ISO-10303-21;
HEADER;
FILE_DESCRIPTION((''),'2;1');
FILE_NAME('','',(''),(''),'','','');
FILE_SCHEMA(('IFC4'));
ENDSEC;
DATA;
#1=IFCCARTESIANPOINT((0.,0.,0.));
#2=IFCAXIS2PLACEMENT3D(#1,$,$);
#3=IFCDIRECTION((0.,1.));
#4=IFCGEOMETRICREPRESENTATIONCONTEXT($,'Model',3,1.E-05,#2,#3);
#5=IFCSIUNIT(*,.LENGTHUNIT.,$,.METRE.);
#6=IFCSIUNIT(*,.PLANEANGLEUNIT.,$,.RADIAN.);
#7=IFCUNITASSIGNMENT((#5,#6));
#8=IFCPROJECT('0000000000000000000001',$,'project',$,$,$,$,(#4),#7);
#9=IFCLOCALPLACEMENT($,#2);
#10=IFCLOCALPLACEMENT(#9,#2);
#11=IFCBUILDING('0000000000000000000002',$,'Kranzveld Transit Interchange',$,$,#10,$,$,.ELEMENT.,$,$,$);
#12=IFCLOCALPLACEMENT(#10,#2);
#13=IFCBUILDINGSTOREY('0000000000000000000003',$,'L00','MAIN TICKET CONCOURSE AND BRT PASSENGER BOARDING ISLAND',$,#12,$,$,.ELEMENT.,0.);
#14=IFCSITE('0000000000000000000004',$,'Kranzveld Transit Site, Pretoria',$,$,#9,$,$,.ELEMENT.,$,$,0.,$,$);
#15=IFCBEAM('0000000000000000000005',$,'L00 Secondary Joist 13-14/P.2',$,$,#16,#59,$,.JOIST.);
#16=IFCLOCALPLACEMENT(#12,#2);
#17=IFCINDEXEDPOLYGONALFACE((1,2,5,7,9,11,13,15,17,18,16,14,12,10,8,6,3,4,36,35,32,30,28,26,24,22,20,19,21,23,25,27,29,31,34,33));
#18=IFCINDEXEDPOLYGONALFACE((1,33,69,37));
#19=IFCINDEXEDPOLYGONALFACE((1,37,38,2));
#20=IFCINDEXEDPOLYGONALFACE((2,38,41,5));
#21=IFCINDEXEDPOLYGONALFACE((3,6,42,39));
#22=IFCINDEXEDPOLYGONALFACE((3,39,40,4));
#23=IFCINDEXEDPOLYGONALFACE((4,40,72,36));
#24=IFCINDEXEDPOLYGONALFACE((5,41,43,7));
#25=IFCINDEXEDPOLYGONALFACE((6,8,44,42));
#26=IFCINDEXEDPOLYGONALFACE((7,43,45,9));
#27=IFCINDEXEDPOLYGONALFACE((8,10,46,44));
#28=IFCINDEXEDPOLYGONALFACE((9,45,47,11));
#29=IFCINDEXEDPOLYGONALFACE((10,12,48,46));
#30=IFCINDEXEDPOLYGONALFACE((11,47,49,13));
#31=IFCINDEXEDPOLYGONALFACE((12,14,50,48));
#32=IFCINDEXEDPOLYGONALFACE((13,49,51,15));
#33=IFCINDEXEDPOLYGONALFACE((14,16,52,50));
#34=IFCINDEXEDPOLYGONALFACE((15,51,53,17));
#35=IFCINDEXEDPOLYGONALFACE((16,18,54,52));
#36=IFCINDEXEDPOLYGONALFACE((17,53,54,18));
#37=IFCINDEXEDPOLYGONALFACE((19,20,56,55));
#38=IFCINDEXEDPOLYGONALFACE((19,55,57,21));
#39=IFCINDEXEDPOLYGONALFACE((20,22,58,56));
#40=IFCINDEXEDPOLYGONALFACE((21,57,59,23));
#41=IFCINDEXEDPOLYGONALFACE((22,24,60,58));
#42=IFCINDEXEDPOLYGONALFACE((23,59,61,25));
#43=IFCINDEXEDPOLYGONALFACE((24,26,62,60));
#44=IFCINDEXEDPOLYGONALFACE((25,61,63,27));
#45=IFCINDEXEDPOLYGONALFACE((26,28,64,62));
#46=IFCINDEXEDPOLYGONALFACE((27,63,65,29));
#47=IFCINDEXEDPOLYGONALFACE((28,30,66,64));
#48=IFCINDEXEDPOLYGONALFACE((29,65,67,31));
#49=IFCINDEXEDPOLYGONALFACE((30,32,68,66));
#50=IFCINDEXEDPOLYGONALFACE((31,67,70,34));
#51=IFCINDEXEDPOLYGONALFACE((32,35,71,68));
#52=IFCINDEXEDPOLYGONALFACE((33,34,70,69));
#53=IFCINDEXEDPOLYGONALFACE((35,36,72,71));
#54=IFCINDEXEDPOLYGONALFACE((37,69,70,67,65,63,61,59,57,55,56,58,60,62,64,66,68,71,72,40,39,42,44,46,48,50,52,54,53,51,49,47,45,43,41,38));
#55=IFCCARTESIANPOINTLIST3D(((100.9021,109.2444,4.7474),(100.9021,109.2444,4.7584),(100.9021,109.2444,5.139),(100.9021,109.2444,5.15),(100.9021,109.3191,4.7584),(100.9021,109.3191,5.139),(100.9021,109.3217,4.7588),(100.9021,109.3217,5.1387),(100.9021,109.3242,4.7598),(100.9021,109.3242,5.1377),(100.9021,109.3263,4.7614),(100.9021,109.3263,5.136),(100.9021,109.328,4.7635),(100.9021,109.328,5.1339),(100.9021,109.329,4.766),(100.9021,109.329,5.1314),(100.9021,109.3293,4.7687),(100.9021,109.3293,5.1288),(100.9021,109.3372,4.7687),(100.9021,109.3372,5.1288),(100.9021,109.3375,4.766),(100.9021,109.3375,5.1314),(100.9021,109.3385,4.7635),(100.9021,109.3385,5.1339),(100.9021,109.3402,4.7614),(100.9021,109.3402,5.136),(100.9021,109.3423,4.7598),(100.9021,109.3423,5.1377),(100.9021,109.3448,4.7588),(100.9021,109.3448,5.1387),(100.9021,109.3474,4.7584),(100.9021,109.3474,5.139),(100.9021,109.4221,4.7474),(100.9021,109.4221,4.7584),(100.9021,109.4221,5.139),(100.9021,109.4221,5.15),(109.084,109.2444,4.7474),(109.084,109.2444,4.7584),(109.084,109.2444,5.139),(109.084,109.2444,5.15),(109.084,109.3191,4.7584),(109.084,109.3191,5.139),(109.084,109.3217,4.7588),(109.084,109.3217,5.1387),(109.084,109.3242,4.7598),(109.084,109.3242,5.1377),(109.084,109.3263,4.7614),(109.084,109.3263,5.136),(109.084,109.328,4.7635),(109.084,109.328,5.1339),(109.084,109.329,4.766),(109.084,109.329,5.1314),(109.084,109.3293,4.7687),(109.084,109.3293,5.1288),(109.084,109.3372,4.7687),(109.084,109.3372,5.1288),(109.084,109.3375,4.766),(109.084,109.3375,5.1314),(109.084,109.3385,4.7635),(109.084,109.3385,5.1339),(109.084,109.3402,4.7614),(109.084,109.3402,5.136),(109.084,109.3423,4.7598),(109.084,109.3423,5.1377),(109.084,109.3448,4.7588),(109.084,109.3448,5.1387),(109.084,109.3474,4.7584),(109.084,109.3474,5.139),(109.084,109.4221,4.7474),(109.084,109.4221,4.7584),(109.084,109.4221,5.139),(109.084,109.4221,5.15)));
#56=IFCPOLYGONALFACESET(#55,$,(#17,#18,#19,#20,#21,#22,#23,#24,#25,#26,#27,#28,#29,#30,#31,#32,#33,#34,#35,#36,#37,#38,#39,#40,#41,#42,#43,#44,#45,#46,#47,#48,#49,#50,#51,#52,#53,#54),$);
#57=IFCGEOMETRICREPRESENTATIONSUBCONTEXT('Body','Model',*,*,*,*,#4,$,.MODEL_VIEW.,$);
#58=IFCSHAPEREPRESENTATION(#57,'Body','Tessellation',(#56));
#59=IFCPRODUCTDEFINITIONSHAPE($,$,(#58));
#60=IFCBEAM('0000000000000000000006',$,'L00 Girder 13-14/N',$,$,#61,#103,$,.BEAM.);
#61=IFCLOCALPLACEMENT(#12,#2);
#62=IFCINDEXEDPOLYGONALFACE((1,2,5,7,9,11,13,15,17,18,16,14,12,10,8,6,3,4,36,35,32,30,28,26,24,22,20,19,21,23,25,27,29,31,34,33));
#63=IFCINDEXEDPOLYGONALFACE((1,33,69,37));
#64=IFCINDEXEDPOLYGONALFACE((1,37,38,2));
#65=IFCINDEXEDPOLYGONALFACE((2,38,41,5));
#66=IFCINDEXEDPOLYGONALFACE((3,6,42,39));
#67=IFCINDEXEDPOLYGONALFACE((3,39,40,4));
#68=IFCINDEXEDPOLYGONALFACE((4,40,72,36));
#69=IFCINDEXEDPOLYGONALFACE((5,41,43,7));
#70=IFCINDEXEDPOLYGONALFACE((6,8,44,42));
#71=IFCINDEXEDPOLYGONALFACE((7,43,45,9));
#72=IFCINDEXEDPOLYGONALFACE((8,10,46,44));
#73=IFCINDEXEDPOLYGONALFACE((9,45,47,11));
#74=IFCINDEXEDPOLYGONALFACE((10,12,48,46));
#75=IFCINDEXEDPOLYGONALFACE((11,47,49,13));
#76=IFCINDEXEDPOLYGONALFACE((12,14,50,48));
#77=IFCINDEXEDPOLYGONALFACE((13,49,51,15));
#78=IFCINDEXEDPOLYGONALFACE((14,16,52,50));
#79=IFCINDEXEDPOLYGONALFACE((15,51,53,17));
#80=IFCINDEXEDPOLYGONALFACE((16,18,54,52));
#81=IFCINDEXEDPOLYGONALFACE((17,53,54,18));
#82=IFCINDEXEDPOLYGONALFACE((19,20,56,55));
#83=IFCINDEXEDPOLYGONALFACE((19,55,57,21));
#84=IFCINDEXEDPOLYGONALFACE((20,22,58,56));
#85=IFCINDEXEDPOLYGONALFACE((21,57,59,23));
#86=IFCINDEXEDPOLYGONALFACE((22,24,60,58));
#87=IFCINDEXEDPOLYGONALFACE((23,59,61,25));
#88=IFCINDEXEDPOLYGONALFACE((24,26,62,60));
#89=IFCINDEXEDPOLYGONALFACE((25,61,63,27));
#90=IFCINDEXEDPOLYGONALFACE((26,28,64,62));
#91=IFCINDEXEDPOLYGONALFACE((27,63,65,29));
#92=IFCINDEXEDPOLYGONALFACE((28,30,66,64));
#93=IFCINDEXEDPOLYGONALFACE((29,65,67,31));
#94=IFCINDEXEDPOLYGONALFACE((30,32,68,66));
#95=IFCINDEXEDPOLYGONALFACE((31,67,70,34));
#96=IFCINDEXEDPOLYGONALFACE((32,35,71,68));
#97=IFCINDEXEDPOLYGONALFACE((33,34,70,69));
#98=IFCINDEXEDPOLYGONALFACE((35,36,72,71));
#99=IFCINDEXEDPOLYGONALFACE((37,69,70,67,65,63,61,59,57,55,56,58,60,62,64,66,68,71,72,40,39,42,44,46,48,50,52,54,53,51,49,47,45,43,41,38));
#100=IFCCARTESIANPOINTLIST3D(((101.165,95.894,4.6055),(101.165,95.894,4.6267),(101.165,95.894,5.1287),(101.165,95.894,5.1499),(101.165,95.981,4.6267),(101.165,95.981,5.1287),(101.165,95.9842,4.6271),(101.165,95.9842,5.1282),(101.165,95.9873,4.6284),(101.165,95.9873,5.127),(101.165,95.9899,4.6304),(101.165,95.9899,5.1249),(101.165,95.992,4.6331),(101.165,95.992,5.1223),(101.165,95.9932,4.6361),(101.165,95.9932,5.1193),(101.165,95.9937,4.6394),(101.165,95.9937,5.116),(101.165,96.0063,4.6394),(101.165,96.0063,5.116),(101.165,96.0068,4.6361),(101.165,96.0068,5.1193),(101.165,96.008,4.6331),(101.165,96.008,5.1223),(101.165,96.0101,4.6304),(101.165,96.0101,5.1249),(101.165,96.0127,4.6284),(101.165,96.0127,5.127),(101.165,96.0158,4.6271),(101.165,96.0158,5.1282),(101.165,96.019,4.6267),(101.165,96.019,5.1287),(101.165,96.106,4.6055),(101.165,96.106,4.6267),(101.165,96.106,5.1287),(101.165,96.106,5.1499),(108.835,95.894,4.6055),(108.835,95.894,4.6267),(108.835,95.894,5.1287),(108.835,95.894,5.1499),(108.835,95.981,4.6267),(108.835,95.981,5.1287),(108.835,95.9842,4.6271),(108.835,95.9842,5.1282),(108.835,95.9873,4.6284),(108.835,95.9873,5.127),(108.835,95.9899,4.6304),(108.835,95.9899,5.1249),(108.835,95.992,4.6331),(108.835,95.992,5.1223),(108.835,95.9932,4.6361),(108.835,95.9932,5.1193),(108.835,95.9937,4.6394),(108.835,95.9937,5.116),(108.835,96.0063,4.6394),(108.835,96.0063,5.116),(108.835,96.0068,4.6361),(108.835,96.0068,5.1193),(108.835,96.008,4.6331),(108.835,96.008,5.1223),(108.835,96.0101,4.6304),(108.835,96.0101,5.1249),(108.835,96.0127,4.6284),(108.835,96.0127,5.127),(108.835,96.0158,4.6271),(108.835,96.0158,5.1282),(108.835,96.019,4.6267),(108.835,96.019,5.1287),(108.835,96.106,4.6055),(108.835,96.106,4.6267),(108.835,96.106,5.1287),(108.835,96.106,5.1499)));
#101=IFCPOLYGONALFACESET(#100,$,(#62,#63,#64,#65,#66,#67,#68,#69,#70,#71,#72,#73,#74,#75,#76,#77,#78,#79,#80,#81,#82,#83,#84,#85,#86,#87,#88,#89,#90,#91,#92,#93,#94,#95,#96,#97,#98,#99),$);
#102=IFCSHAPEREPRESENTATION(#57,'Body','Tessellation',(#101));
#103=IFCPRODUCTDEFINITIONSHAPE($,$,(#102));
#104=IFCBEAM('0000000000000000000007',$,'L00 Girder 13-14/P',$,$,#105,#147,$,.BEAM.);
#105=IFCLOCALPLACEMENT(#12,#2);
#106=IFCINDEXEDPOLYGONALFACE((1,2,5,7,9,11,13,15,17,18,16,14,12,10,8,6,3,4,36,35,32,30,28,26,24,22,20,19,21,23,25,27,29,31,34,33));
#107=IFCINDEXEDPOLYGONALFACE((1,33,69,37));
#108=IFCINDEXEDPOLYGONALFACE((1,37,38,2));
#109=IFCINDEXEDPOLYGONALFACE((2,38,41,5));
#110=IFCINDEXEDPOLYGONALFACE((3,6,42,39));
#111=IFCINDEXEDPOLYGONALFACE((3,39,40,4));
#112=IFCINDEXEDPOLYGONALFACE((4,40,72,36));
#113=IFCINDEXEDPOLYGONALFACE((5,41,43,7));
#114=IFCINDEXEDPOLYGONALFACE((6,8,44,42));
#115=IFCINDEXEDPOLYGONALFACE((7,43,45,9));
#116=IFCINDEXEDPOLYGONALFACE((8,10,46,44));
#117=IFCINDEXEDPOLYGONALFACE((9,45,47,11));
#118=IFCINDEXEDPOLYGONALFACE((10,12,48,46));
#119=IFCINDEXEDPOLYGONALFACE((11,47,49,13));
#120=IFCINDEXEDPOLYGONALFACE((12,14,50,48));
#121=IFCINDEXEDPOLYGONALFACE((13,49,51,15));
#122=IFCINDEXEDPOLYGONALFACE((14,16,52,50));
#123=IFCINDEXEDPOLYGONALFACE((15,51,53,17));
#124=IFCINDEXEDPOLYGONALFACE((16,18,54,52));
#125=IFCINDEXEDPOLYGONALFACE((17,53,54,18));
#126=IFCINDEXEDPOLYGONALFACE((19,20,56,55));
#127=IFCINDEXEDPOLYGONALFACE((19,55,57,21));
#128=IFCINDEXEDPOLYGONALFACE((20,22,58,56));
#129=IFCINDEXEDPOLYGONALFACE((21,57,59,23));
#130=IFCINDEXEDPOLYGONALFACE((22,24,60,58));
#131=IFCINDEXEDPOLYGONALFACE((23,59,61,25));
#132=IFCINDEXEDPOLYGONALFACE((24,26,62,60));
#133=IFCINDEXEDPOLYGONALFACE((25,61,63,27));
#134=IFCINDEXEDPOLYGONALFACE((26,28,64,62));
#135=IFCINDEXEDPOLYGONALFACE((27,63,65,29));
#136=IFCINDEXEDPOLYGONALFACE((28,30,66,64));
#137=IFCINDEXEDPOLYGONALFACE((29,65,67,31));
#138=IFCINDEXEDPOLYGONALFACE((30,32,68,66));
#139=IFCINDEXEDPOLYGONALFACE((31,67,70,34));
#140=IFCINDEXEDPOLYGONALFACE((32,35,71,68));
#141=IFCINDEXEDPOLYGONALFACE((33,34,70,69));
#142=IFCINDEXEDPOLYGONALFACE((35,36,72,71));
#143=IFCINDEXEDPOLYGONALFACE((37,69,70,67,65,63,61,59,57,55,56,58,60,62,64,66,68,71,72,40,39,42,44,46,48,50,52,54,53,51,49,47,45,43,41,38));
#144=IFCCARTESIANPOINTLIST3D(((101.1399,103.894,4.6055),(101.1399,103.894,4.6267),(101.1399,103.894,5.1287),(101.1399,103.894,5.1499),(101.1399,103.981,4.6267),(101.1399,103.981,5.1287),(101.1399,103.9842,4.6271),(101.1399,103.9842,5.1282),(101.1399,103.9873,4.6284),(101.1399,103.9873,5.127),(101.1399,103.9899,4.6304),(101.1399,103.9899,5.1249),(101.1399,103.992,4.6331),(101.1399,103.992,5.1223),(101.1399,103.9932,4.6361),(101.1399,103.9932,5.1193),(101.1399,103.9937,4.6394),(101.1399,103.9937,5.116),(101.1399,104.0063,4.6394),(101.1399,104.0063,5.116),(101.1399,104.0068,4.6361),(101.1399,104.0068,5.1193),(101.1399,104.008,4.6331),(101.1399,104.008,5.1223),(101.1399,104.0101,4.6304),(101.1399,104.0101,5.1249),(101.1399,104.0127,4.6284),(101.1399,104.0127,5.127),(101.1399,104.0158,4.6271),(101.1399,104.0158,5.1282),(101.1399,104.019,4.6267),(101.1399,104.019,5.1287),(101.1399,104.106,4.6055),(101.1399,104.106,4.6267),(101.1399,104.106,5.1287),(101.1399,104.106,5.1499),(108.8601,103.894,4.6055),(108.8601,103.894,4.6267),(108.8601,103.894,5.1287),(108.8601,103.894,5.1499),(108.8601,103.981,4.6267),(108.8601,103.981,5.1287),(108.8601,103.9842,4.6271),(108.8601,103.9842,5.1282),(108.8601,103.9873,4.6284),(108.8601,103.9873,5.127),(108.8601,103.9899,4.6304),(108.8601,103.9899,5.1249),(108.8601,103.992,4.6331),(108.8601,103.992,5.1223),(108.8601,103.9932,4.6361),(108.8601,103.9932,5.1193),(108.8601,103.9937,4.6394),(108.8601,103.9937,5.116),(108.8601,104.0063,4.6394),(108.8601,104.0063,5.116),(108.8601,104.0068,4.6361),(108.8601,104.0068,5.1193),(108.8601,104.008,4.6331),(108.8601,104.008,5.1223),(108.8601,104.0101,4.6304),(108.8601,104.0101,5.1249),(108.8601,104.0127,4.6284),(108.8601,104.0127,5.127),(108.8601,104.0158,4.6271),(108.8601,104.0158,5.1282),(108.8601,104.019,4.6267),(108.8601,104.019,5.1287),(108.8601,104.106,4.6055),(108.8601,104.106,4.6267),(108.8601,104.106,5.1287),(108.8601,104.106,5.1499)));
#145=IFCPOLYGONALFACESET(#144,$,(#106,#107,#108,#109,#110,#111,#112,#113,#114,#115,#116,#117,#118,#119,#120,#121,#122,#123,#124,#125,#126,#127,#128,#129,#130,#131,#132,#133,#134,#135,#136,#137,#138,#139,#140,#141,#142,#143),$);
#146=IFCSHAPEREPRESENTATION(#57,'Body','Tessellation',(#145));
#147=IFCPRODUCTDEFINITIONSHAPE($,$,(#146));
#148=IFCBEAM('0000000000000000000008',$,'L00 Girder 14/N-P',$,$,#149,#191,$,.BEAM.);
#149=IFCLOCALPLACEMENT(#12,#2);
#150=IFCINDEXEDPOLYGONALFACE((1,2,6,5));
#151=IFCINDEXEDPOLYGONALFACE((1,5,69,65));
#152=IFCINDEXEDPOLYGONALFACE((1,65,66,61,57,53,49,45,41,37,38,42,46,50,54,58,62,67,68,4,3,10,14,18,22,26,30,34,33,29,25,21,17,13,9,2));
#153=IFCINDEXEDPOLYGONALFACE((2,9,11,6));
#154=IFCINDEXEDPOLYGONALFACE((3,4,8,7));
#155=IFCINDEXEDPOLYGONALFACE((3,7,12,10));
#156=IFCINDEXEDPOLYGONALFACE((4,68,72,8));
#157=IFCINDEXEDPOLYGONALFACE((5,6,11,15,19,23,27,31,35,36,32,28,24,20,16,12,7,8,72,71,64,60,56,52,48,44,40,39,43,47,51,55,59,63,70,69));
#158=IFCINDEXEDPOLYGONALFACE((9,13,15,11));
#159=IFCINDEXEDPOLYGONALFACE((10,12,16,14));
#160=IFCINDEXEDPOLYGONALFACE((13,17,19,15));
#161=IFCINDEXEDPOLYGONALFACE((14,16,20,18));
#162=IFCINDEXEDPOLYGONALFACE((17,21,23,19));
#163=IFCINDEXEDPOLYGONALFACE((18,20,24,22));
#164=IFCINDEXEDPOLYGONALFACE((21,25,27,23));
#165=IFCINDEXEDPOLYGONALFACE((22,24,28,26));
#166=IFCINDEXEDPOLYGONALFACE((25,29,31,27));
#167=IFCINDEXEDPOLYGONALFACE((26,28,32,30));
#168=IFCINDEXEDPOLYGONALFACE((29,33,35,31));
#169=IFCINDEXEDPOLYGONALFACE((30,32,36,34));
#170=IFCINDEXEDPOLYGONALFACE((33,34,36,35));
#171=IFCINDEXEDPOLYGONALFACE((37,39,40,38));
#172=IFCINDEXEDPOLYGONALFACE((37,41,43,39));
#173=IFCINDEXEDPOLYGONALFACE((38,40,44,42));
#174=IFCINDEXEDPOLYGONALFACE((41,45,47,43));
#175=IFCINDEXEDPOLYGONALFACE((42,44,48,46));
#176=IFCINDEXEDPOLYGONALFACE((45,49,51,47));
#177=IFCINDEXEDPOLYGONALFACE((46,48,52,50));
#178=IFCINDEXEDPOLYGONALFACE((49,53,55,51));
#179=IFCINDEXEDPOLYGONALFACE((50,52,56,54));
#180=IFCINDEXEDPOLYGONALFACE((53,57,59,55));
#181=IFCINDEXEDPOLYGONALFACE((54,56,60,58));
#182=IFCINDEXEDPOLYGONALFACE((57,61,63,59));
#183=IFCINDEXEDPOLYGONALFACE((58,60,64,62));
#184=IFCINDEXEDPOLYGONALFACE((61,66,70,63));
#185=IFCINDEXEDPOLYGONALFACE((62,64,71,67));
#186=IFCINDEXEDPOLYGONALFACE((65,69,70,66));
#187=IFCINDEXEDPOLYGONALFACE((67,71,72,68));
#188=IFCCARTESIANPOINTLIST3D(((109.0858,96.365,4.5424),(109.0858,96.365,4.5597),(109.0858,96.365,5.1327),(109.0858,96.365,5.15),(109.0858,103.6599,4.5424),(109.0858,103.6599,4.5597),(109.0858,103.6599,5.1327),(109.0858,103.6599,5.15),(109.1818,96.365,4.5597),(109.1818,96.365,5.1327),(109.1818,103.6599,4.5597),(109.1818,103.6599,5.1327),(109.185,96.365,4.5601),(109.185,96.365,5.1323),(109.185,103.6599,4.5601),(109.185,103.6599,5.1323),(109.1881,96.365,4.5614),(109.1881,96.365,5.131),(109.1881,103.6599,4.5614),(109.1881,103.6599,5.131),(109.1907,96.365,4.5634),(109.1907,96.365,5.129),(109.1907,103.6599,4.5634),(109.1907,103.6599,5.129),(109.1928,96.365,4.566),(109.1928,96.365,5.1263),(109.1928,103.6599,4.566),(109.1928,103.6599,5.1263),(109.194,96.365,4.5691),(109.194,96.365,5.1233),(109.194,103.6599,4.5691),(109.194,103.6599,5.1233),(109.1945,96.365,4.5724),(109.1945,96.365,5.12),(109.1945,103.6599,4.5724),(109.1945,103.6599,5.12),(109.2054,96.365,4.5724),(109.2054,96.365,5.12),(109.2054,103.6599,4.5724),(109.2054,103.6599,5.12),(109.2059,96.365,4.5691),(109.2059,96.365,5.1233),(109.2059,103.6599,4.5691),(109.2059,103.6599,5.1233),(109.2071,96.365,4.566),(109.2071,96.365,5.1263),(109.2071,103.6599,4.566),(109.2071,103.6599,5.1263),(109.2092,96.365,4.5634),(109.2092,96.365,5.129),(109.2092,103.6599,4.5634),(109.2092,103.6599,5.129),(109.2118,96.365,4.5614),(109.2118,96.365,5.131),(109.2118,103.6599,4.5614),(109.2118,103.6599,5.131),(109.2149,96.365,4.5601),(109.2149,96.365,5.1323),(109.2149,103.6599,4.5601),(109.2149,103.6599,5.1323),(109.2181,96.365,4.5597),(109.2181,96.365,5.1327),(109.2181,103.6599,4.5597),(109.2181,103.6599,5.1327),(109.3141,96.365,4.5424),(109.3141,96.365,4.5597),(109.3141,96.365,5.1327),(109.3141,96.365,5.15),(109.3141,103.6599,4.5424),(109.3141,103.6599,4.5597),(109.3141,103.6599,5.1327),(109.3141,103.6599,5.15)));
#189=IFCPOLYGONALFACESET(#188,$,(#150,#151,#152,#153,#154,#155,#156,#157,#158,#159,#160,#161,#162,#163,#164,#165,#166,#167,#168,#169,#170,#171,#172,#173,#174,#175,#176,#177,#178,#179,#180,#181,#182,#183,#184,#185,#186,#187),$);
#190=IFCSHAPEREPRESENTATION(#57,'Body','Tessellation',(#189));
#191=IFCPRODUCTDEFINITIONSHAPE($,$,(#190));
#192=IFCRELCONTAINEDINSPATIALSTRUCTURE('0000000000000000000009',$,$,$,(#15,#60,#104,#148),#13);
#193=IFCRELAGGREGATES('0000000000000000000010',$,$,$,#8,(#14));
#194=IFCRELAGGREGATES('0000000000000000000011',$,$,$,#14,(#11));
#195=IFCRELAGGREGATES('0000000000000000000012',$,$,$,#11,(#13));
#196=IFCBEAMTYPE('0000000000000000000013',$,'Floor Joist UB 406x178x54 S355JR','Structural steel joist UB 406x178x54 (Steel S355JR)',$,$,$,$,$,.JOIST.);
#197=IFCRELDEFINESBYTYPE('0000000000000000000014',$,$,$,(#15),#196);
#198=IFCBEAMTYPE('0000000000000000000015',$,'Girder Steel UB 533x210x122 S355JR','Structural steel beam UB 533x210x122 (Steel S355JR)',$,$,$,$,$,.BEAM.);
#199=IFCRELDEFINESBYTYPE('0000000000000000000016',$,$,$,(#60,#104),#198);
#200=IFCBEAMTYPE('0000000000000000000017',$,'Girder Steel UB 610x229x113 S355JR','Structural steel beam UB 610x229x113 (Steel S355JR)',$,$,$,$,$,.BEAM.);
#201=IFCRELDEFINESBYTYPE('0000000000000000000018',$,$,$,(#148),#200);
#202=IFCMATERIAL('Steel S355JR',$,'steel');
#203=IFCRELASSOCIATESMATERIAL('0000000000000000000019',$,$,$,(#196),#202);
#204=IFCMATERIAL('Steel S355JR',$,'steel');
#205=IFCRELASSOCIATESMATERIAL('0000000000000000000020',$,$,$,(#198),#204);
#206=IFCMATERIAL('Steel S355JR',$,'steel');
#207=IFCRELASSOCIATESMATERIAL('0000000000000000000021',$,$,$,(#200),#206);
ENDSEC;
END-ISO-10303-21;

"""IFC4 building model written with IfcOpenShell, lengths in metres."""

from ifc_helpers import new_model, si_unit, direction, frame, origin, origin_2d, place, context, subcontext, project, spatial, i_section, extrude, material, material_profile, profile_set, type_object, element, save


model = new_model("IFC4")

# Units and contexts
model_context = context("Model", 3, precision=1e-05, world=origin(), true_north=direction((0.0, 1.0)))
body_context = subcontext(model_context, "Body", "Model", "MODEL_VIEW")
ifc_project = project(units=[si_unit("LENGTHUNIT", "METRE"), si_unit("PLANEANGLEUNIT", "RADIAN")], contexts=[model_context])

# Site, building, storey
site_placement = place(None, origin())
site = spatial("IfcSite", under=ifc_project, at=site_placement, Name="Kranzveld Transit Site, Pretoria", CompositionType="ELEMENT", RefElevation=0.0)
building_placement = place(site_placement, origin())
building = spatial("IfcBuilding", under=site, at=building_placement, Name="Kranzveld Transit Interchange", CompositionType="ELEMENT")
storey_placement = place(building_placement, origin())
storey = spatial("IfcBuildingStorey", under=building, at=storey_placement, Name="L00", Description="MAIN TICKET CONCOURSE AND BRT PASSENGER BOARDING ISLAND", CompositionType="ELEMENT", Elevation=0.0)

# Beams
ifc_material_1 = material(Name="Steel S355JR", Category="steel")
ifc_material_profile_1 = material_profile(ifc_material_1, i_section(OverallWidth=0.1777, OverallDepth=0.4026, WebThickness=0.0078, FlangeThickness=0.011, FilletRadius=0.0103, at=origin_2d()), Name="UB 406x178x54")
ifc_profile_set_1 = profile_set([ifc_material_profile_1], Name="Steel S355JR")
beam_type_1 = type_object("IfcBeamType", Name="Floor Joist UB 406x178x54 S355JR", Description="Structural steel joist UB 406x178x54 (Steel S355JR)", PredefinedType="JOIST", material=ifc_profile_set_1)
for number, where, z_axis, x_axis, name in (
    (1, (100.9021, 109.3333, 4.9487), (1.0, 0.0, 0.0), (0.0, 1.0, 0.0), "L00 Secondary Joist 13-14/P.2"),
):
    element("IfcBeam", number, at=place(storey_placement, frame(where, z_axis=z_axis, x_axis=x_axis)), inside=storey, type_object=beam_type_1, Name=name, PredefinedType="JOIST", context=body_context, shape_type="SweptSolid", body=[
        extrude(i_section(OverallWidth=0.1777, OverallDepth=0.4026, WebThickness=0.0078, FlangeThickness=0.011, FilletRadius=0.0103, at=origin_2d()), origin(), (0.0, 0.0, 1.0), 8.1819),
    ])
ifc_material_2 = material(Name="Steel S355JR", Category="steel")
ifc_material_profile_2 = material_profile(ifc_material_2, i_section(OverallWidth=0.2119, OverallDepth=0.5444, WebThickness=0.0127, FlangeThickness=0.0212, FilletRadius=0.0127, at=origin_2d()), Name="UB 533x210x122")
ifc_profile_set_2 = profile_set([ifc_material_profile_2], Name="Steel S355JR")
beam_type_2 = type_object("IfcBeamType", Name="Girder Steel UB 533x210x122 S355JR", Description="Structural steel beam UB 533x210x122 (Steel S355JR)", PredefinedType="BEAM", material=ifc_profile_set_2)
beam_1_placement = place(storey_placement, frame((101.165, 96.0, 4.8777), z_axis=(1.0, 0.0, 0.0), x_axis=(0.0, 1.0, 0.0)))
element("IfcBeam", 2, at=beam_1_placement, inside=storey, type_object=beam_type_2, Name="L00 Girder 13-14/N", PredefinedType="BEAM", context=body_context, shape_type="SweptSolid", body=[
    extrude(i_section(OverallWidth=0.2119, OverallDepth=0.5444, WebThickness=0.0127, FlangeThickness=0.0212, FilletRadius=0.0127, at=origin_2d()), origin(), (0.0, 0.0, 1.0), 7.6699),
])
beam_2_placement = place(storey_placement, frame((101.1399, 104.0, 4.8777), z_axis=(1.0, 0.0, 0.0), x_axis=(0.0, 1.0, 0.0)))
element("IfcBeam", 3, at=beam_2_placement, inside=storey, type_object=beam_type_2, Name="L00 Girder 13-14/P", PredefinedType="BEAM", context=body_context, shape_type="SweptSolid", body=[
    extrude(i_section(OverallWidth=0.2119, OverallDepth=0.5444, WebThickness=0.0127, FlangeThickness=0.0212, FilletRadius=0.0127, at=origin_2d()), origin(), (0.0, 0.0, 1.0), 7.7202),
])
ifc_material_3 = material(Name="Steel S355JR", Category="steel")
ifc_material_profile_3 = material_profile(ifc_material_3, i_section(OverallWidth=0.2283, OverallDepth=0.6077, WebThickness=0.011, FlangeThickness=0.0173, FilletRadius=0.0127, at=origin_2d()), Name="UB 610x229x113")
ifc_profile_set_3 = profile_set([ifc_material_profile_3], Name="Steel S355JR")
beam_type_3 = type_object("IfcBeamType", Name="Girder Steel UB 610x229x113 S355JR", Description="Structural steel beam UB 610x229x113 (Steel S355JR)", PredefinedType="BEAM", material=ifc_profile_set_3)
beam_3_placement = place(storey_placement, frame((109.2, 96.365, 4.8462), z_axis=(0.0, 1.0, 0.0), x_axis=(-1.0, 0.0, 0.0)))
element("IfcBeam", 4, at=beam_3_placement, inside=storey, type_object=beam_type_3, Name="L00 Girder 14/N-P", PredefinedType="BEAM", context=body_context, shape_type="SweptSolid", body=[
    extrude(i_section(OverallWidth=0.2283, OverallDepth=0.6077, WebThickness=0.011, FlangeThickness=0.0173, FilletRadius=0.0127, at=origin_2d()), origin(), (0.0, 0.0, 1.0), 7.2949),
])

save(model, "model.ifc")
